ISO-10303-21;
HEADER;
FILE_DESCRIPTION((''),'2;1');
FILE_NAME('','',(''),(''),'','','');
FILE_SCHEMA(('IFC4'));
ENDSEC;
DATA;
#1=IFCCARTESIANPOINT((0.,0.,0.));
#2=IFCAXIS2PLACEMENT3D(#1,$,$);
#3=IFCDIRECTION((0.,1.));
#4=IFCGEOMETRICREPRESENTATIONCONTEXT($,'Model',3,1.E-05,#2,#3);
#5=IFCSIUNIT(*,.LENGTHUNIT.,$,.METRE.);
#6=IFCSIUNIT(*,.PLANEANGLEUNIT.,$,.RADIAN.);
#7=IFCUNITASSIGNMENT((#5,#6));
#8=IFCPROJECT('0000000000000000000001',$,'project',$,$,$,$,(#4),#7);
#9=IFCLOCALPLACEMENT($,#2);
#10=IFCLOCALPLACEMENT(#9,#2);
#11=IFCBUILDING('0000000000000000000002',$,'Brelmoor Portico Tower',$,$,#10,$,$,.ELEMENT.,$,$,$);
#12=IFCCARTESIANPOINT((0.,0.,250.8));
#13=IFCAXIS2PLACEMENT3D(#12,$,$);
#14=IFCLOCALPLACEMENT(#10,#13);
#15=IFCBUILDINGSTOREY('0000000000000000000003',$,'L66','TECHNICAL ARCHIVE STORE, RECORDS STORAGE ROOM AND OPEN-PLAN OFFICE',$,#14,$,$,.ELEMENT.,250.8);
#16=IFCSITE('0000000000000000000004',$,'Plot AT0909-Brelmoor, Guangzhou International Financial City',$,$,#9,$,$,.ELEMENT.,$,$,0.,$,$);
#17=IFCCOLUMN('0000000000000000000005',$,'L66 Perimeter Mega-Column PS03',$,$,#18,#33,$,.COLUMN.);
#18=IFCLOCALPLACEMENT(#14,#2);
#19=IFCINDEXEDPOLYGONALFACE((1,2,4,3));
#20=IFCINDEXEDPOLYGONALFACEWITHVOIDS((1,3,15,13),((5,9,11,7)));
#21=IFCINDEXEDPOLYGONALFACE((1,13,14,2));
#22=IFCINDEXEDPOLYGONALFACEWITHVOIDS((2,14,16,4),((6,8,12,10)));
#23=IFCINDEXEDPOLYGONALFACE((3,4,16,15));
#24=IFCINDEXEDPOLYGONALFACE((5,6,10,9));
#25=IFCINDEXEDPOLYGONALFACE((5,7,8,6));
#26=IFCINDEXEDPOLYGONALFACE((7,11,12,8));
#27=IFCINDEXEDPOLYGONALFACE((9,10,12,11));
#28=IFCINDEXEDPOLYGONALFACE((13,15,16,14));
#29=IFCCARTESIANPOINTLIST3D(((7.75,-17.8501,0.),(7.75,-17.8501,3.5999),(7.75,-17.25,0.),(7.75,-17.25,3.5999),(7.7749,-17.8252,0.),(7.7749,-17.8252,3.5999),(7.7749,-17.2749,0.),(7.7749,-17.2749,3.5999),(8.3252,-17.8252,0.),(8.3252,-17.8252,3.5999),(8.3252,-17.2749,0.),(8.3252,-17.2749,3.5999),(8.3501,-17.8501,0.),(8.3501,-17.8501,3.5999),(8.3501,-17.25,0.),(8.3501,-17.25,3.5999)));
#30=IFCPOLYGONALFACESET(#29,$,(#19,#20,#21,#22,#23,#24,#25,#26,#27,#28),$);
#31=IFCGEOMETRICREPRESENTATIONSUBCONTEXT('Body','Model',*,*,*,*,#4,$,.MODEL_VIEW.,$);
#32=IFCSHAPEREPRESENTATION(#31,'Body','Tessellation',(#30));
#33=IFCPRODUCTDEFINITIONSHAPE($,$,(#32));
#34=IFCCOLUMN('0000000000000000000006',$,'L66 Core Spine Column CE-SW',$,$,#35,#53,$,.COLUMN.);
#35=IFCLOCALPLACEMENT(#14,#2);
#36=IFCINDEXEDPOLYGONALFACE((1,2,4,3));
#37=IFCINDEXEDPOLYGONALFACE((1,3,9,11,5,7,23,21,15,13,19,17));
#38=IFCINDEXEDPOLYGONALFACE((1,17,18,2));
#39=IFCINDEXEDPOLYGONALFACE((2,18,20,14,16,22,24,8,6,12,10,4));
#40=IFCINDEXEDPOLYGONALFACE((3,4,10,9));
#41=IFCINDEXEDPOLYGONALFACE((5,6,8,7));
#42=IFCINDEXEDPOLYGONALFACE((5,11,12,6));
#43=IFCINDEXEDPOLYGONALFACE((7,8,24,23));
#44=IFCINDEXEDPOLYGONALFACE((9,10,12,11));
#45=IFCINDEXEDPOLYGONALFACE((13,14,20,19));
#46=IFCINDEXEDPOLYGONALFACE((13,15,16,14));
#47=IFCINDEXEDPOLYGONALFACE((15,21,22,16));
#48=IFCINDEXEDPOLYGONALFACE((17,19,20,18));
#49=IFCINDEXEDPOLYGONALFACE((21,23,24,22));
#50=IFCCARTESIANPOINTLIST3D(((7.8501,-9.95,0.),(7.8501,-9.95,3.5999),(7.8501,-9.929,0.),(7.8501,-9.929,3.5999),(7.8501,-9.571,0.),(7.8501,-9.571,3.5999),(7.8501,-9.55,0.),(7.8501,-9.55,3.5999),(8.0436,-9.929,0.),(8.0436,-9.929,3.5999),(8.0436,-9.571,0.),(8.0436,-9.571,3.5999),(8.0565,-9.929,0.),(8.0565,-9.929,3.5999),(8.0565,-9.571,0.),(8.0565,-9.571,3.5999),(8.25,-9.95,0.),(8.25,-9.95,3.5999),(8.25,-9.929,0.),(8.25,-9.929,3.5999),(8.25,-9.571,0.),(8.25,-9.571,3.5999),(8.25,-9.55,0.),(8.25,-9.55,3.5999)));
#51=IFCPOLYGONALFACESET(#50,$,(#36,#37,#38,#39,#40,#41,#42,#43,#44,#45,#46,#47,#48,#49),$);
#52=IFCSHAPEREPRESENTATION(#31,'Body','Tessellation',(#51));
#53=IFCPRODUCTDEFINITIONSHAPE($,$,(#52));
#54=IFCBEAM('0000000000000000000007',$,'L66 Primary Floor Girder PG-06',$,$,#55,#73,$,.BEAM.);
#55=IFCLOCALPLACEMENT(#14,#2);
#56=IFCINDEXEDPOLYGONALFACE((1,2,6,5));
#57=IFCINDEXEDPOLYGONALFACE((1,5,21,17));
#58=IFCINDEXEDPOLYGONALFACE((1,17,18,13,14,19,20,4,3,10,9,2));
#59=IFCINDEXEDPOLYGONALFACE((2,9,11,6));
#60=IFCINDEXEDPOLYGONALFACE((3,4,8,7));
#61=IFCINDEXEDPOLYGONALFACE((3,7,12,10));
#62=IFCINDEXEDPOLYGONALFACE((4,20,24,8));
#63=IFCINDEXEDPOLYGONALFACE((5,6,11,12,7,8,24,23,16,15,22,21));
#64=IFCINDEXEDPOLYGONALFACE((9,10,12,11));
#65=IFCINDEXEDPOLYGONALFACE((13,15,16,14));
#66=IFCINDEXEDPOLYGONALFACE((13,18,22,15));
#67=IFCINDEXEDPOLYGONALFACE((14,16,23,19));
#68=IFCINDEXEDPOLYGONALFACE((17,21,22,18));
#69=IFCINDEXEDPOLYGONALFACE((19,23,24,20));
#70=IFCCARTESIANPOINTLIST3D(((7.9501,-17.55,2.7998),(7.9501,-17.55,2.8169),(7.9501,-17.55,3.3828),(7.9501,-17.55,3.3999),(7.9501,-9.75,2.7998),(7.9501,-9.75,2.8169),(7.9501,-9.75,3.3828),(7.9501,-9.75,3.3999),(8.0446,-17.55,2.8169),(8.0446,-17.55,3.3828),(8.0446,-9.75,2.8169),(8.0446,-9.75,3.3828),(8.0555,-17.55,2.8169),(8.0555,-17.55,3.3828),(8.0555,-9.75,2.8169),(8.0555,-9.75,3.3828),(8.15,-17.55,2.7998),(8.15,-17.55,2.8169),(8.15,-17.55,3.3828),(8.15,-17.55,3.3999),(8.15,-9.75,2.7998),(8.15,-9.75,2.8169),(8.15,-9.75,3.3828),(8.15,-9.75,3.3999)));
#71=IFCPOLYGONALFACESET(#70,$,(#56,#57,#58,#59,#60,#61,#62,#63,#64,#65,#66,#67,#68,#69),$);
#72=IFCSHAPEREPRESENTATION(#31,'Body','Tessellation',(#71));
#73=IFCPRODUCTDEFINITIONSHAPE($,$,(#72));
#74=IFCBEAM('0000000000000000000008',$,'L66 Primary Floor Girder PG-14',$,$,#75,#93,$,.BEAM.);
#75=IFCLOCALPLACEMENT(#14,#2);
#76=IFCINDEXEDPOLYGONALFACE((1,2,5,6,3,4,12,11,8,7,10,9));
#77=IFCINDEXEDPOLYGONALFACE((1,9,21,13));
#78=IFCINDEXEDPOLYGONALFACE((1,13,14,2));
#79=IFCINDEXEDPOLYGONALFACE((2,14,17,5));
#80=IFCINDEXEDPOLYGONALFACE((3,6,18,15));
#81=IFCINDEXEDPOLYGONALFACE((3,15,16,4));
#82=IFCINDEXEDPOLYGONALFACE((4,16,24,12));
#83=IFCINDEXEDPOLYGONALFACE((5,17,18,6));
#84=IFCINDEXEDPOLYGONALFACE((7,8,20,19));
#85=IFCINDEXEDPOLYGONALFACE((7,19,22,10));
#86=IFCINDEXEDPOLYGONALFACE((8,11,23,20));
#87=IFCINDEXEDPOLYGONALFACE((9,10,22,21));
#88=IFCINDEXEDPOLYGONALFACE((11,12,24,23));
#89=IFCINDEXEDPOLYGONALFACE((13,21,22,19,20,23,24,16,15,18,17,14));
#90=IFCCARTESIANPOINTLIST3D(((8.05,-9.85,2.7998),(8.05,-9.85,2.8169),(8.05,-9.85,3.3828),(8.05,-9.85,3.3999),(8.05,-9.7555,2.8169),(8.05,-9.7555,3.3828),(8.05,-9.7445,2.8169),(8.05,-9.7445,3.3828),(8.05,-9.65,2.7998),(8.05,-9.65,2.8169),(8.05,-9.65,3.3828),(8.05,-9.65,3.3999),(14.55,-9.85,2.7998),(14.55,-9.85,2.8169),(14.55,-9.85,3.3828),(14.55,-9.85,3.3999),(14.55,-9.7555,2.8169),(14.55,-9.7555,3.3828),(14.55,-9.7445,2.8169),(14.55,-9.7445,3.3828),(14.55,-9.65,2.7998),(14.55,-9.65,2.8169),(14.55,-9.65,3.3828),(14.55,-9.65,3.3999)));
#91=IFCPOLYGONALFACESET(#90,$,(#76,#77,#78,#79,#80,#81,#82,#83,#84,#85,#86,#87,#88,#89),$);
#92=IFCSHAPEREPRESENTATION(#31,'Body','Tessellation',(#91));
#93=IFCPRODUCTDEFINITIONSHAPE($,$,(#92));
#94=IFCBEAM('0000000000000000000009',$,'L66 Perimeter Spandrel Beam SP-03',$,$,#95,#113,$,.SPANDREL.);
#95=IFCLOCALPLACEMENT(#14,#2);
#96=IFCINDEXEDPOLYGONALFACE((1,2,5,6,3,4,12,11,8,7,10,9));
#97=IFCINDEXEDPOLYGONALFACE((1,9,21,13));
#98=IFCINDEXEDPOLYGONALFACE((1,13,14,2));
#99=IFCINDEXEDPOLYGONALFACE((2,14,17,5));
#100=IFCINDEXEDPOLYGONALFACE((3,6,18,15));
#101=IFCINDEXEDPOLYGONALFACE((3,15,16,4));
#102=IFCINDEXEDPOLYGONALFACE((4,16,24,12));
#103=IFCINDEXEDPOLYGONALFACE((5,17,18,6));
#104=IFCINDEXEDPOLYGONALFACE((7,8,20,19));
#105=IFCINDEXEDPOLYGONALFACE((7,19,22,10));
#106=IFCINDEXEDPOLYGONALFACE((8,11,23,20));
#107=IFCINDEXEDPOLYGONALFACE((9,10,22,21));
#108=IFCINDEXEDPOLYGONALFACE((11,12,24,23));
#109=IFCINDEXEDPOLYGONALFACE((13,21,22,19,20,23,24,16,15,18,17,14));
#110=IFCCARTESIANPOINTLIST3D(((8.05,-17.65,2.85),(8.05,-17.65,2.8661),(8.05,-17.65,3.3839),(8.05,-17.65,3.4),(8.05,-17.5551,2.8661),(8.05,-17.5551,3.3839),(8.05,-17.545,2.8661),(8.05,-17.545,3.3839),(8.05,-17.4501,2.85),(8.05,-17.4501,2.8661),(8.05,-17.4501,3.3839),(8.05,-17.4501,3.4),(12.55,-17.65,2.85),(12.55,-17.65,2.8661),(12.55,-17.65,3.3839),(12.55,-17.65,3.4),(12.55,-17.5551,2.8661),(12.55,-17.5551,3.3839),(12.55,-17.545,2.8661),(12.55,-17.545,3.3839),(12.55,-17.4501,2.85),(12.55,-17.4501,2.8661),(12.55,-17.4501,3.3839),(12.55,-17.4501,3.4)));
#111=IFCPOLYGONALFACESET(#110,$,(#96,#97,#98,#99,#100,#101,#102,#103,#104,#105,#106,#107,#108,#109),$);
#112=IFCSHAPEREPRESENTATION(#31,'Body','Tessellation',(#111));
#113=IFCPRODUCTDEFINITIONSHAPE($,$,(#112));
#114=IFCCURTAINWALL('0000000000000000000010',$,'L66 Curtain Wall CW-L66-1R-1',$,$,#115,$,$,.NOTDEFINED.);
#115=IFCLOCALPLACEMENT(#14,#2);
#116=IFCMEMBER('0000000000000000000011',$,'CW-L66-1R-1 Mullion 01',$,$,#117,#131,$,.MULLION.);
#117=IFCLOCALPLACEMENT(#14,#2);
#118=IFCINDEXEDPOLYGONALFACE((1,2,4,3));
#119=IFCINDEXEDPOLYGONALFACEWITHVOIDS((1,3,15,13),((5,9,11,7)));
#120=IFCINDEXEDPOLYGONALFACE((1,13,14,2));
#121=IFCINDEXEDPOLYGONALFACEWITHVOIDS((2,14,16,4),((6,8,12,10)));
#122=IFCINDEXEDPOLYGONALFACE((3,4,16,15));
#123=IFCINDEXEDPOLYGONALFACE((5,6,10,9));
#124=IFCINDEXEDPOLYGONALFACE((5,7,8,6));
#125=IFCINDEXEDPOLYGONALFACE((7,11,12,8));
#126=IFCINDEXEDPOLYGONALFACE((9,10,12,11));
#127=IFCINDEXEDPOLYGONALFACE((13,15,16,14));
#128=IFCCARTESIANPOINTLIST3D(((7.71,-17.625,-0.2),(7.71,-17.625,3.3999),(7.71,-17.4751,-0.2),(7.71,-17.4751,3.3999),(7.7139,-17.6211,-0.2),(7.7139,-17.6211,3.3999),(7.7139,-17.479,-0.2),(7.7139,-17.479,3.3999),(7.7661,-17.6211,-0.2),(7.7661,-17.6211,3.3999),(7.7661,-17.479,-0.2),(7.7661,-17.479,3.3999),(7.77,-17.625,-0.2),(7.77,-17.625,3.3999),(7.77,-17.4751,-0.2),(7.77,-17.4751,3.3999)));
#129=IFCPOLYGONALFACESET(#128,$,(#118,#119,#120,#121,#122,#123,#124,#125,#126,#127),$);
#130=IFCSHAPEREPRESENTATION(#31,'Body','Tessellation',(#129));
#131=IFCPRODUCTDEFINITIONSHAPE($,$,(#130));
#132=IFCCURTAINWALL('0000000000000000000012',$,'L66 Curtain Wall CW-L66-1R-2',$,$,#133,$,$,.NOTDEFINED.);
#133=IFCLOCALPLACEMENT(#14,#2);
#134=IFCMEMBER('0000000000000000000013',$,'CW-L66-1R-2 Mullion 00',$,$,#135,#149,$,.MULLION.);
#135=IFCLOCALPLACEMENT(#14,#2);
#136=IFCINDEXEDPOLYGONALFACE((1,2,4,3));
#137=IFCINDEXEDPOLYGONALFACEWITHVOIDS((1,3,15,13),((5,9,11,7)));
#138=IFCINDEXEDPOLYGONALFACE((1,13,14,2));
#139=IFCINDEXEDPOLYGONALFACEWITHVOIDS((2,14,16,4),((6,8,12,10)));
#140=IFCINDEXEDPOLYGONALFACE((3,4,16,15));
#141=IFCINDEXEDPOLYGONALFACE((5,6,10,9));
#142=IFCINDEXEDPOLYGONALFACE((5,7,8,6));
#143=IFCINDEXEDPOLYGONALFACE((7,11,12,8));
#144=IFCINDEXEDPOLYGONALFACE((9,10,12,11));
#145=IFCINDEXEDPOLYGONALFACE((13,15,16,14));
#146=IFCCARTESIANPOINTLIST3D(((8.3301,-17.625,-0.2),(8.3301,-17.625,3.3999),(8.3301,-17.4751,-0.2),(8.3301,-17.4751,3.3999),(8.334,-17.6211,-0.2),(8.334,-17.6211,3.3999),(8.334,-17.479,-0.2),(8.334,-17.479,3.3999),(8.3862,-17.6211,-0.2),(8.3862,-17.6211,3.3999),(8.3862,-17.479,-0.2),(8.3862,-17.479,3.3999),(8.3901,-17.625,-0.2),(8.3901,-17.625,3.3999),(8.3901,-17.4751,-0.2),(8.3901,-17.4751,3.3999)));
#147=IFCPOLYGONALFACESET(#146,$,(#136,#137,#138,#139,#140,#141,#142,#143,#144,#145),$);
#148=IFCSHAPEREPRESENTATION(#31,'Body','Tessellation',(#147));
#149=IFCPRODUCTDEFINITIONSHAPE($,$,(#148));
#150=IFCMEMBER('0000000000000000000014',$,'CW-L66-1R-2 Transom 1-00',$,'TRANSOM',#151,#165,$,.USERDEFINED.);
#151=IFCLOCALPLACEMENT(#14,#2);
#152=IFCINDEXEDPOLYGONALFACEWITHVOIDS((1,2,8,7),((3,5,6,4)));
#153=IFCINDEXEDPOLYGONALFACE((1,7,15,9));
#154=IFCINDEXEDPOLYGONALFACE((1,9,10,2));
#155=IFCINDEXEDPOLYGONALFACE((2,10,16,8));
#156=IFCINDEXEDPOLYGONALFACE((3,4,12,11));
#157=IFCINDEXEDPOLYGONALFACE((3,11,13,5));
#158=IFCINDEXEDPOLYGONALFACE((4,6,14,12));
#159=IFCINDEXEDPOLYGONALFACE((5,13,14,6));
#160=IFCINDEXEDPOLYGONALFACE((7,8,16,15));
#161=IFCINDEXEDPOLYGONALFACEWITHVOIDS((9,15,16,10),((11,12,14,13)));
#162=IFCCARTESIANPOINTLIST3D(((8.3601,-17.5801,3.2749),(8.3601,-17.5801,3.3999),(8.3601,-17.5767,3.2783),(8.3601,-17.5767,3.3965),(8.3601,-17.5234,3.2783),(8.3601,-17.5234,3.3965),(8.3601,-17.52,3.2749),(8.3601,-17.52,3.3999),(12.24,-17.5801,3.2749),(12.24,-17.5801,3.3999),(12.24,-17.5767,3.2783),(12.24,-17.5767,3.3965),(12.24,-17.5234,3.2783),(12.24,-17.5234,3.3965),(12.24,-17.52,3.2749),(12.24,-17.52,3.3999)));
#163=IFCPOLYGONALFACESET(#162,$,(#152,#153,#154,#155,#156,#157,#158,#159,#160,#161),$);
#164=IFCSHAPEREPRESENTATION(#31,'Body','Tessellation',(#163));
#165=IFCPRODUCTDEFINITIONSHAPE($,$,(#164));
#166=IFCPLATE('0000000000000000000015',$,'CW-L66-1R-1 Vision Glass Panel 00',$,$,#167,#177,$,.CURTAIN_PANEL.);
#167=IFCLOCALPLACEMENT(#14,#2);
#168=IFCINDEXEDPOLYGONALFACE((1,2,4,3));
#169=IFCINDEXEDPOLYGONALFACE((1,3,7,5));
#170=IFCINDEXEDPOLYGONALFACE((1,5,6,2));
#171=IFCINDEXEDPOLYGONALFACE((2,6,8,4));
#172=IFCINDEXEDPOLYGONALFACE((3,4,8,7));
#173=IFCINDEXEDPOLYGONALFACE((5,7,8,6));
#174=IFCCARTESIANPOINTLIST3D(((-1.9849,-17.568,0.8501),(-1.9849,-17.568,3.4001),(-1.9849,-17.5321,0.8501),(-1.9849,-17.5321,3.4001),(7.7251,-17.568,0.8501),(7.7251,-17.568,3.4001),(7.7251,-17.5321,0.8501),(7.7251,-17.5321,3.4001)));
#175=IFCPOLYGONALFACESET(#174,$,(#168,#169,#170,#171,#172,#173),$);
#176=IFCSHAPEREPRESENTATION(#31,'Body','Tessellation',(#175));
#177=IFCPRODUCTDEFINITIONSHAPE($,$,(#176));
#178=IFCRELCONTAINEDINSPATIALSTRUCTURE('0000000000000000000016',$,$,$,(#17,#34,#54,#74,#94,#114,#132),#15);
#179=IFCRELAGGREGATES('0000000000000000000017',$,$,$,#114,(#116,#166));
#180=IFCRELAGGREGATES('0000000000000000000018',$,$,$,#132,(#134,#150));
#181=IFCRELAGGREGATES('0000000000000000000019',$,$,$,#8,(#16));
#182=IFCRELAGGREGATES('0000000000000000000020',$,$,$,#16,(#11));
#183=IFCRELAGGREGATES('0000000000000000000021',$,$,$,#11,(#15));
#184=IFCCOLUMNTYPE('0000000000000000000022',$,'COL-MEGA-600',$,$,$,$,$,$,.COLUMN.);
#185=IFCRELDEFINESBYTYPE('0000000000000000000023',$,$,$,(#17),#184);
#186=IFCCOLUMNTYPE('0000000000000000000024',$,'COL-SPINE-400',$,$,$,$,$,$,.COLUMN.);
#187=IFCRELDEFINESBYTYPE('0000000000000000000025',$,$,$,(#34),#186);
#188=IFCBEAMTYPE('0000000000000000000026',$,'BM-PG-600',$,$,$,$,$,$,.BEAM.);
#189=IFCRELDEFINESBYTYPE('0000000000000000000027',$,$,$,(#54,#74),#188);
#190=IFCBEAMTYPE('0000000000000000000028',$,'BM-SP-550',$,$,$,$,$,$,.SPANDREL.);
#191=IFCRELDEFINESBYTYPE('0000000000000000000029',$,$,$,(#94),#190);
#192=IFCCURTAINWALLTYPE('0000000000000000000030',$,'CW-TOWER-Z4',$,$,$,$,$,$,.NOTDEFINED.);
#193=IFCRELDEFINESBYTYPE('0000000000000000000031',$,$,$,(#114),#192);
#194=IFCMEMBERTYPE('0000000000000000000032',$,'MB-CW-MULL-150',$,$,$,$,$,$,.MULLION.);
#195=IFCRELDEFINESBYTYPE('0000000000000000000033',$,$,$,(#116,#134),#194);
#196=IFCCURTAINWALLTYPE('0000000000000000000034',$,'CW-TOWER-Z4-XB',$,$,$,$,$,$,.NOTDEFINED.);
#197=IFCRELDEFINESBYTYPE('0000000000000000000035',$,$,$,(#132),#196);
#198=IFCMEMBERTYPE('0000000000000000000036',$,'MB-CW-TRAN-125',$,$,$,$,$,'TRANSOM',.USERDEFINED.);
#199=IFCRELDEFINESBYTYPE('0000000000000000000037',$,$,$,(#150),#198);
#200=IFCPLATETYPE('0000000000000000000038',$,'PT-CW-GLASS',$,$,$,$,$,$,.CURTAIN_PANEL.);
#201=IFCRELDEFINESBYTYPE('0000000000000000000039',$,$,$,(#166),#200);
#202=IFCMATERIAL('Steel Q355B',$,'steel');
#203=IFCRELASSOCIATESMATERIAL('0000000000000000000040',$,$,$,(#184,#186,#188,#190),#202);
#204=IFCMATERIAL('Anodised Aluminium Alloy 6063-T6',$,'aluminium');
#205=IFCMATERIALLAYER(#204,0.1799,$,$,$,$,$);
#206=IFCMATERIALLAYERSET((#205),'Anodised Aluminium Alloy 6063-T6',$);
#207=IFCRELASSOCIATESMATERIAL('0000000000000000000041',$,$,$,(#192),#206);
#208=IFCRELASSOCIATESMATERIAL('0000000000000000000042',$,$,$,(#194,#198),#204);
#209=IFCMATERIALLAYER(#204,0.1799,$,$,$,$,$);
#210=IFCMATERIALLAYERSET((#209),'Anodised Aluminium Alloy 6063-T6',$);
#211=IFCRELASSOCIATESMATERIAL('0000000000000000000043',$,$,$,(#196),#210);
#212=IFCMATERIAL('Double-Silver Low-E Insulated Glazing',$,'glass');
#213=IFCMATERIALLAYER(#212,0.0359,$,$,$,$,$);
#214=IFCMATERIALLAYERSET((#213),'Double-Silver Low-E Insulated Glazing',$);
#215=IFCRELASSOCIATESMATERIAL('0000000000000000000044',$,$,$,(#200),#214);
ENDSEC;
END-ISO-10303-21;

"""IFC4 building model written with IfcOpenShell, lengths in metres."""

from ifc_helpers import new_model, si_unit, direction, frame, origin, origin_2d, place, context, subcontext, project, spatial, rectangle, hollow_rectangle, i_section, extrude, material, layer, layer_set, material_profile, profile_set, type_object, element, aggregate, save


model = new_model("IFC4")

# Units and contexts
model_context = context("Model", 3, precision=1e-05, world=origin(), true_north=direction((0.0, 1.0)))
body_context = subcontext(model_context, "Body", "Model", "MODEL_VIEW")
ifc_project = project(units=[si_unit("LENGTHUNIT", "METRE"), si_unit("PLANEANGLEUNIT", "RADIAN")], contexts=[model_context])

# Site, building, storey
site_placement = place(None, origin())
site = spatial("IfcSite", under=ifc_project, at=site_placement, Name="Plot AT0909-Brelmoor, Guangzhou International Financial City", CompositionType="ELEMENT", RefElevation=0.0)
building_placement = place(site_placement, origin())
building = spatial("IfcBuilding", under=site, at=building_placement, Name="Brelmoor Portico Tower", CompositionType="ELEMENT")
storey_placement = place(building_placement, frame((0.0, 0.0, 250.8)))
storey = spatial("IfcBuildingStorey", under=building, at=storey_placement, Name="L66", Description="TECHNICAL ARCHIVE STORE, RECORDS STORAGE ROOM AND OPEN-PLAN OFFICE", CompositionType="ELEMENT", Elevation=250.8)

# Columns
ifc_material_1 = material(Name="Steel Q355B", Category="steel")
ifc_material_profile_1 = material_profile(ifc_material_1, hollow_rectangle(XDim=0.6001, YDim=0.6001, WallThickness=0.0249, at=origin_2d()), Name="BOX 600x600x25")
ifc_profile_set_1 = profile_set([ifc_material_profile_1], Name="Steel Q355B")
column_type_1 = type_object("IfcColumnType", Name="COL-MEGA-600", PredefinedType="COLUMN", material=ifc_profile_set_1)
column_1_placement = place(storey_placement, frame((8.05, -17.55, 0.0), z_axis=(0.0, 0.0, 1.0), x_axis=(1.0, 0.0, 0.0)))
element("IfcColumn", 1, at=column_1_placement, inside=storey, type_object=column_type_1, Name="L66 Perimeter Mega-Column PS03", PredefinedType="COLUMN", context=body_context, shape_type="SweptSolid", body=[
    extrude(hollow_rectangle(XDim=0.6001, YDim=0.6001, WallThickness=0.0249, at=origin_2d()), origin(), (0.0, 0.0, 1.0), 3.5999),
])
ifc_material_profile_2 = material_profile(ifc_material_1, i_section(OverallWidth=0.3999, OverallDepth=0.3999, WebThickness=0.0129, FlangeThickness=0.021, at=origin_2d()), Name="HW 400x400x13x21")
ifc_profile_set_2 = profile_set([ifc_material_profile_2], Name="Steel Q355B")
column_type_2 = type_object("IfcColumnType", Name="COL-SPINE-400", PredefinedType="COLUMN", material=ifc_profile_set_2)
column_2_placement = place(storey_placement, frame((8.05, -9.75, 0.0), z_axis=(0.0, 0.0, 1.0), x_axis=(1.0, 0.0, 0.0)))
element("IfcColumn", 2, at=column_2_placement, inside=storey, type_object=column_type_2, Name="L66 Core Spine Column CE-SW", PredefinedType="COLUMN", context=body_context, shape_type="SweptSolid", body=[
    extrude(i_section(OverallWidth=0.3999, OverallDepth=0.3999, WebThickness=0.0129, FlangeThickness=0.021, at=origin_2d()), origin(), (0.0, 0.0, 1.0), 3.5999),
])

# Beams
ifc_material_profile_3 = material_profile(ifc_material_1, i_section(OverallWidth=0.2, OverallDepth=0.6001, WebThickness=0.011, FlangeThickness=0.0171, at=origin_2d()), Name="HN 600x200x11x17")
ifc_profile_set_3 = profile_set([ifc_material_profile_3], Name="Steel Q355B")
beam_type_1 = type_object("IfcBeamType", Name="BM-PG-600", PredefinedType="BEAM", material=ifc_profile_set_3)
beam_1_placement = place(storey_placement, frame((8.05, -17.55, 3.0999), z_axis=(0.0, 1.0, 0.0), x_axis=(-1.0, 0.0, 0.0)))
element("IfcBeam", 3, at=beam_1_placement, inside=storey, type_object=beam_type_1, Name="L66 Primary Floor Girder PG-06", PredefinedType="BEAM", context=body_context, shape_type="SweptSolid", body=[
    extrude(i_section(OverallWidth=0.2, OverallDepth=0.6001, WebThickness=0.011, FlangeThickness=0.0171, at=origin_2d()), origin(), (0.0, 0.0, 1.0), 7.8),
])
beam_2_placement = place(storey_placement, frame((8.05, -9.75, 3.0999), z_axis=(1.0, 0.0, 0.0), x_axis=(0.0, 1.0, 0.0)))
element("IfcBeam", 4, at=beam_2_placement, inside=storey, type_object=beam_type_1, Name="L66 Primary Floor Girder PG-14", PredefinedType="BEAM", context=body_context, shape_type="SweptSolid", body=[
    extrude(i_section(OverallWidth=0.2, OverallDepth=0.6001, WebThickness=0.011, FlangeThickness=0.0171, at=origin_2d()), origin(), (0.0, 0.0, 1.0), 6.5),
])
ifc_material_profile_4 = material_profile(ifc_material_1, i_section(OverallWidth=0.2, OverallDepth=0.55, WebThickness=0.01, FlangeThickness=0.0161, at=origin_2d()), Name="HN 550x200x10x16")
ifc_profile_set_4 = profile_set([ifc_material_profile_4], Name="Steel Q355B")
beam_type_2 = type_object("IfcBeamType", Name="BM-SP-550", PredefinedType="SPANDREL", material=ifc_profile_set_4)
beam_3_placement = place(storey_placement, frame((8.05, -17.55, 3.125), z_axis=(1.0, 0.0, 0.0), x_axis=(0.0, 1.0, 0.0)))
element("IfcBeam", 5, at=beam_3_placement, inside=storey, type_object=beam_type_2, Name="L66 Perimeter Spandrel Beam SP-03", PredefinedType="SPANDREL", context=body_context, shape_type="SweptSolid", body=[
    extrude(i_section(OverallWidth=0.2, OverallDepth=0.55, WebThickness=0.01, FlangeThickness=0.0161, at=origin_2d()), origin(), (0.0, 0.0, 1.0), 4.5),
])

# Curtain wall, member
ifc_material_2 = material(Name="Anodised Aluminium Alloy 6063-T6", Category="aluminium")
ifc_layer_1 = layer(ifc_material_2, 0.1799)
ifc_layer_set_1 = layer_set([ifc_layer_1], Name="Anodised Aluminium Alloy 6063-T6")
curtain_wall_type_1 = type_object("IfcCurtainWallType", Name="CW-TOWER-Z4", PredefinedType="NOTDEFINED", material=ifc_layer_set_1)
curtain_wall_1_placement = place(storey_placement, origin())
curtain_wall_1 = element("IfcCurtainWall", 6, at=curtain_wall_1_placement, inside=storey, type_object=curtain_wall_type_1, Name="L66 Curtain Wall CW-L66-1R-1", PredefinedType="NOTDEFINED")
ifc_material_profile_5 = material_profile(ifc_material_2, hollow_rectangle(XDim=0.0601, YDim=0.1499, WallThickness=0.0039, at=origin_2d()), Name="ALU MULLION 60x150")
ifc_profile_set_5 = profile_set([ifc_material_profile_5], Name="Anodised Aluminium Alloy 6063-T6")
member_type_1 = type_object("IfcMemberType", Name="MB-CW-MULL-150", PredefinedType="MULLION", material=ifc_profile_set_5)
member_1_placement = place(storey_placement, frame((7.74, -17.55, -0.2), z_axis=(0.0, 0.0, 1.0), x_axis=(1.0, 0.0, 0.0)))
member_1 = element("IfcMember", 7, at=member_1_placement, type_object=member_type_1, Name="CW-L66-1R-1 Mullion 01", PredefinedType="MULLION", context=body_context, shape_type="SweptSolid", body=[
    extrude(hollow_rectangle(XDim=0.0601, YDim=0.1499, WallThickness=0.0039, at=origin_2d()), origin(), (0.0, 0.0, 1.0), 3.5999),
])

# Curtain wall, members
ifc_layer_2 = layer(ifc_material_2, 0.1799)
ifc_layer_set_2 = layer_set([ifc_layer_2], Name="Anodised Aluminium Alloy 6063-T6")
curtain_wall_type_2 = type_object("IfcCurtainWallType", Name="CW-TOWER-Z4-XB", PredefinedType="NOTDEFINED", material=ifc_layer_set_2)
curtain_wall_2_placement = place(storey_placement, origin())
curtain_wall_2 = element("IfcCurtainWall", 8, at=curtain_wall_2_placement, inside=storey, type_object=curtain_wall_type_2, Name="L66 Curtain Wall CW-L66-1R-2", PredefinedType="NOTDEFINED")
member_2_placement = place(storey_placement, frame((8.3601, -17.55, -0.2), z_axis=(0.0, 0.0, 1.0), x_axis=(1.0, 0.0, 0.0)))
member_2 = element("IfcMember", 9, at=member_2_placement, type_object=member_type_1, Name="CW-L66-1R-2 Mullion 00", PredefinedType="MULLION", context=body_context, shape_type="SweptSolid", body=[
    extrude(hollow_rectangle(XDim=0.0601, YDim=0.1499, WallThickness=0.0039, at=origin_2d()), origin(), (0.0, 0.0, 1.0), 3.5999),
])
ifc_material_profile_6 = material_profile(ifc_material_2, hollow_rectangle(XDim=0.0601, YDim=0.125, WallThickness=0.0034, at=origin_2d()), Name="ALU TRANSOM 60x125")
ifc_profile_set_6 = profile_set([ifc_material_profile_6], Name="Anodised Aluminium Alloy 6063-T6")
member_type_2 = type_object("IfcMemberType", Name="MB-CW-TRAN-125", ElementType="TRANSOM", PredefinedType="USERDEFINED", material=ifc_profile_set_6)
member_3_placement = place(storey_placement, frame((8.3601, -17.55, 3.3374), z_axis=(1.0, 0.0, 0.0), x_axis=(0.0, 1.0, 0.0)))
member_3 = element("IfcMember", 10, at=member_3_placement, type_object=member_type_2, Name="CW-L66-1R-2 Transom 1-00", ObjectType="TRANSOM", PredefinedType="USERDEFINED", context=body_context, shape_type="SweptSolid", body=[
    extrude(hollow_rectangle(XDim=0.0601, YDim=0.125, WallThickness=0.0034, at=origin_2d()), origin(), (0.0, 0.0, 1.0), 3.8799),
])

# Plate
ifc_material_3 = material(Name="Double-Silver Low-E Insulated Glazing", Category="glass")
ifc_layer_3 = layer(ifc_material_3, 0.0359)
ifc_layer_set_3 = layer_set([ifc_layer_3], Name="Double-Silver Low-E Insulated Glazing")
plate_type_1 = type_object("IfcPlateType", Name="PT-CW-GLASS", PredefinedType="CURTAIN_PANEL", material=ifc_layer_set_3)
plate_1_placement = place(storey_placement, frame((2.8701, -17.55, 0.8501), z_axis=(0.0, 0.0, 1.0), x_axis=(1.0, 0.0, 0.0)))
plate_1 = element("IfcPlate", 11, at=plate_1_placement, type_object=plate_type_1, Name="CW-L66-1R-1 Vision Glass Panel 00", PredefinedType="CURTAIN_PANEL", context=body_context, shape_type="SweptSolid", body=[
    extrude(rectangle(XDim=9.71, YDim=0.0359, at=origin_2d()), origin(), (0.0, 0.0, 1.0), 2.55),
])
aggregate(curtain_wall_1, [member_1, plate_1])
aggregate(curtain_wall_2, [member_2, member_3])

save(model, "model.ifc")
